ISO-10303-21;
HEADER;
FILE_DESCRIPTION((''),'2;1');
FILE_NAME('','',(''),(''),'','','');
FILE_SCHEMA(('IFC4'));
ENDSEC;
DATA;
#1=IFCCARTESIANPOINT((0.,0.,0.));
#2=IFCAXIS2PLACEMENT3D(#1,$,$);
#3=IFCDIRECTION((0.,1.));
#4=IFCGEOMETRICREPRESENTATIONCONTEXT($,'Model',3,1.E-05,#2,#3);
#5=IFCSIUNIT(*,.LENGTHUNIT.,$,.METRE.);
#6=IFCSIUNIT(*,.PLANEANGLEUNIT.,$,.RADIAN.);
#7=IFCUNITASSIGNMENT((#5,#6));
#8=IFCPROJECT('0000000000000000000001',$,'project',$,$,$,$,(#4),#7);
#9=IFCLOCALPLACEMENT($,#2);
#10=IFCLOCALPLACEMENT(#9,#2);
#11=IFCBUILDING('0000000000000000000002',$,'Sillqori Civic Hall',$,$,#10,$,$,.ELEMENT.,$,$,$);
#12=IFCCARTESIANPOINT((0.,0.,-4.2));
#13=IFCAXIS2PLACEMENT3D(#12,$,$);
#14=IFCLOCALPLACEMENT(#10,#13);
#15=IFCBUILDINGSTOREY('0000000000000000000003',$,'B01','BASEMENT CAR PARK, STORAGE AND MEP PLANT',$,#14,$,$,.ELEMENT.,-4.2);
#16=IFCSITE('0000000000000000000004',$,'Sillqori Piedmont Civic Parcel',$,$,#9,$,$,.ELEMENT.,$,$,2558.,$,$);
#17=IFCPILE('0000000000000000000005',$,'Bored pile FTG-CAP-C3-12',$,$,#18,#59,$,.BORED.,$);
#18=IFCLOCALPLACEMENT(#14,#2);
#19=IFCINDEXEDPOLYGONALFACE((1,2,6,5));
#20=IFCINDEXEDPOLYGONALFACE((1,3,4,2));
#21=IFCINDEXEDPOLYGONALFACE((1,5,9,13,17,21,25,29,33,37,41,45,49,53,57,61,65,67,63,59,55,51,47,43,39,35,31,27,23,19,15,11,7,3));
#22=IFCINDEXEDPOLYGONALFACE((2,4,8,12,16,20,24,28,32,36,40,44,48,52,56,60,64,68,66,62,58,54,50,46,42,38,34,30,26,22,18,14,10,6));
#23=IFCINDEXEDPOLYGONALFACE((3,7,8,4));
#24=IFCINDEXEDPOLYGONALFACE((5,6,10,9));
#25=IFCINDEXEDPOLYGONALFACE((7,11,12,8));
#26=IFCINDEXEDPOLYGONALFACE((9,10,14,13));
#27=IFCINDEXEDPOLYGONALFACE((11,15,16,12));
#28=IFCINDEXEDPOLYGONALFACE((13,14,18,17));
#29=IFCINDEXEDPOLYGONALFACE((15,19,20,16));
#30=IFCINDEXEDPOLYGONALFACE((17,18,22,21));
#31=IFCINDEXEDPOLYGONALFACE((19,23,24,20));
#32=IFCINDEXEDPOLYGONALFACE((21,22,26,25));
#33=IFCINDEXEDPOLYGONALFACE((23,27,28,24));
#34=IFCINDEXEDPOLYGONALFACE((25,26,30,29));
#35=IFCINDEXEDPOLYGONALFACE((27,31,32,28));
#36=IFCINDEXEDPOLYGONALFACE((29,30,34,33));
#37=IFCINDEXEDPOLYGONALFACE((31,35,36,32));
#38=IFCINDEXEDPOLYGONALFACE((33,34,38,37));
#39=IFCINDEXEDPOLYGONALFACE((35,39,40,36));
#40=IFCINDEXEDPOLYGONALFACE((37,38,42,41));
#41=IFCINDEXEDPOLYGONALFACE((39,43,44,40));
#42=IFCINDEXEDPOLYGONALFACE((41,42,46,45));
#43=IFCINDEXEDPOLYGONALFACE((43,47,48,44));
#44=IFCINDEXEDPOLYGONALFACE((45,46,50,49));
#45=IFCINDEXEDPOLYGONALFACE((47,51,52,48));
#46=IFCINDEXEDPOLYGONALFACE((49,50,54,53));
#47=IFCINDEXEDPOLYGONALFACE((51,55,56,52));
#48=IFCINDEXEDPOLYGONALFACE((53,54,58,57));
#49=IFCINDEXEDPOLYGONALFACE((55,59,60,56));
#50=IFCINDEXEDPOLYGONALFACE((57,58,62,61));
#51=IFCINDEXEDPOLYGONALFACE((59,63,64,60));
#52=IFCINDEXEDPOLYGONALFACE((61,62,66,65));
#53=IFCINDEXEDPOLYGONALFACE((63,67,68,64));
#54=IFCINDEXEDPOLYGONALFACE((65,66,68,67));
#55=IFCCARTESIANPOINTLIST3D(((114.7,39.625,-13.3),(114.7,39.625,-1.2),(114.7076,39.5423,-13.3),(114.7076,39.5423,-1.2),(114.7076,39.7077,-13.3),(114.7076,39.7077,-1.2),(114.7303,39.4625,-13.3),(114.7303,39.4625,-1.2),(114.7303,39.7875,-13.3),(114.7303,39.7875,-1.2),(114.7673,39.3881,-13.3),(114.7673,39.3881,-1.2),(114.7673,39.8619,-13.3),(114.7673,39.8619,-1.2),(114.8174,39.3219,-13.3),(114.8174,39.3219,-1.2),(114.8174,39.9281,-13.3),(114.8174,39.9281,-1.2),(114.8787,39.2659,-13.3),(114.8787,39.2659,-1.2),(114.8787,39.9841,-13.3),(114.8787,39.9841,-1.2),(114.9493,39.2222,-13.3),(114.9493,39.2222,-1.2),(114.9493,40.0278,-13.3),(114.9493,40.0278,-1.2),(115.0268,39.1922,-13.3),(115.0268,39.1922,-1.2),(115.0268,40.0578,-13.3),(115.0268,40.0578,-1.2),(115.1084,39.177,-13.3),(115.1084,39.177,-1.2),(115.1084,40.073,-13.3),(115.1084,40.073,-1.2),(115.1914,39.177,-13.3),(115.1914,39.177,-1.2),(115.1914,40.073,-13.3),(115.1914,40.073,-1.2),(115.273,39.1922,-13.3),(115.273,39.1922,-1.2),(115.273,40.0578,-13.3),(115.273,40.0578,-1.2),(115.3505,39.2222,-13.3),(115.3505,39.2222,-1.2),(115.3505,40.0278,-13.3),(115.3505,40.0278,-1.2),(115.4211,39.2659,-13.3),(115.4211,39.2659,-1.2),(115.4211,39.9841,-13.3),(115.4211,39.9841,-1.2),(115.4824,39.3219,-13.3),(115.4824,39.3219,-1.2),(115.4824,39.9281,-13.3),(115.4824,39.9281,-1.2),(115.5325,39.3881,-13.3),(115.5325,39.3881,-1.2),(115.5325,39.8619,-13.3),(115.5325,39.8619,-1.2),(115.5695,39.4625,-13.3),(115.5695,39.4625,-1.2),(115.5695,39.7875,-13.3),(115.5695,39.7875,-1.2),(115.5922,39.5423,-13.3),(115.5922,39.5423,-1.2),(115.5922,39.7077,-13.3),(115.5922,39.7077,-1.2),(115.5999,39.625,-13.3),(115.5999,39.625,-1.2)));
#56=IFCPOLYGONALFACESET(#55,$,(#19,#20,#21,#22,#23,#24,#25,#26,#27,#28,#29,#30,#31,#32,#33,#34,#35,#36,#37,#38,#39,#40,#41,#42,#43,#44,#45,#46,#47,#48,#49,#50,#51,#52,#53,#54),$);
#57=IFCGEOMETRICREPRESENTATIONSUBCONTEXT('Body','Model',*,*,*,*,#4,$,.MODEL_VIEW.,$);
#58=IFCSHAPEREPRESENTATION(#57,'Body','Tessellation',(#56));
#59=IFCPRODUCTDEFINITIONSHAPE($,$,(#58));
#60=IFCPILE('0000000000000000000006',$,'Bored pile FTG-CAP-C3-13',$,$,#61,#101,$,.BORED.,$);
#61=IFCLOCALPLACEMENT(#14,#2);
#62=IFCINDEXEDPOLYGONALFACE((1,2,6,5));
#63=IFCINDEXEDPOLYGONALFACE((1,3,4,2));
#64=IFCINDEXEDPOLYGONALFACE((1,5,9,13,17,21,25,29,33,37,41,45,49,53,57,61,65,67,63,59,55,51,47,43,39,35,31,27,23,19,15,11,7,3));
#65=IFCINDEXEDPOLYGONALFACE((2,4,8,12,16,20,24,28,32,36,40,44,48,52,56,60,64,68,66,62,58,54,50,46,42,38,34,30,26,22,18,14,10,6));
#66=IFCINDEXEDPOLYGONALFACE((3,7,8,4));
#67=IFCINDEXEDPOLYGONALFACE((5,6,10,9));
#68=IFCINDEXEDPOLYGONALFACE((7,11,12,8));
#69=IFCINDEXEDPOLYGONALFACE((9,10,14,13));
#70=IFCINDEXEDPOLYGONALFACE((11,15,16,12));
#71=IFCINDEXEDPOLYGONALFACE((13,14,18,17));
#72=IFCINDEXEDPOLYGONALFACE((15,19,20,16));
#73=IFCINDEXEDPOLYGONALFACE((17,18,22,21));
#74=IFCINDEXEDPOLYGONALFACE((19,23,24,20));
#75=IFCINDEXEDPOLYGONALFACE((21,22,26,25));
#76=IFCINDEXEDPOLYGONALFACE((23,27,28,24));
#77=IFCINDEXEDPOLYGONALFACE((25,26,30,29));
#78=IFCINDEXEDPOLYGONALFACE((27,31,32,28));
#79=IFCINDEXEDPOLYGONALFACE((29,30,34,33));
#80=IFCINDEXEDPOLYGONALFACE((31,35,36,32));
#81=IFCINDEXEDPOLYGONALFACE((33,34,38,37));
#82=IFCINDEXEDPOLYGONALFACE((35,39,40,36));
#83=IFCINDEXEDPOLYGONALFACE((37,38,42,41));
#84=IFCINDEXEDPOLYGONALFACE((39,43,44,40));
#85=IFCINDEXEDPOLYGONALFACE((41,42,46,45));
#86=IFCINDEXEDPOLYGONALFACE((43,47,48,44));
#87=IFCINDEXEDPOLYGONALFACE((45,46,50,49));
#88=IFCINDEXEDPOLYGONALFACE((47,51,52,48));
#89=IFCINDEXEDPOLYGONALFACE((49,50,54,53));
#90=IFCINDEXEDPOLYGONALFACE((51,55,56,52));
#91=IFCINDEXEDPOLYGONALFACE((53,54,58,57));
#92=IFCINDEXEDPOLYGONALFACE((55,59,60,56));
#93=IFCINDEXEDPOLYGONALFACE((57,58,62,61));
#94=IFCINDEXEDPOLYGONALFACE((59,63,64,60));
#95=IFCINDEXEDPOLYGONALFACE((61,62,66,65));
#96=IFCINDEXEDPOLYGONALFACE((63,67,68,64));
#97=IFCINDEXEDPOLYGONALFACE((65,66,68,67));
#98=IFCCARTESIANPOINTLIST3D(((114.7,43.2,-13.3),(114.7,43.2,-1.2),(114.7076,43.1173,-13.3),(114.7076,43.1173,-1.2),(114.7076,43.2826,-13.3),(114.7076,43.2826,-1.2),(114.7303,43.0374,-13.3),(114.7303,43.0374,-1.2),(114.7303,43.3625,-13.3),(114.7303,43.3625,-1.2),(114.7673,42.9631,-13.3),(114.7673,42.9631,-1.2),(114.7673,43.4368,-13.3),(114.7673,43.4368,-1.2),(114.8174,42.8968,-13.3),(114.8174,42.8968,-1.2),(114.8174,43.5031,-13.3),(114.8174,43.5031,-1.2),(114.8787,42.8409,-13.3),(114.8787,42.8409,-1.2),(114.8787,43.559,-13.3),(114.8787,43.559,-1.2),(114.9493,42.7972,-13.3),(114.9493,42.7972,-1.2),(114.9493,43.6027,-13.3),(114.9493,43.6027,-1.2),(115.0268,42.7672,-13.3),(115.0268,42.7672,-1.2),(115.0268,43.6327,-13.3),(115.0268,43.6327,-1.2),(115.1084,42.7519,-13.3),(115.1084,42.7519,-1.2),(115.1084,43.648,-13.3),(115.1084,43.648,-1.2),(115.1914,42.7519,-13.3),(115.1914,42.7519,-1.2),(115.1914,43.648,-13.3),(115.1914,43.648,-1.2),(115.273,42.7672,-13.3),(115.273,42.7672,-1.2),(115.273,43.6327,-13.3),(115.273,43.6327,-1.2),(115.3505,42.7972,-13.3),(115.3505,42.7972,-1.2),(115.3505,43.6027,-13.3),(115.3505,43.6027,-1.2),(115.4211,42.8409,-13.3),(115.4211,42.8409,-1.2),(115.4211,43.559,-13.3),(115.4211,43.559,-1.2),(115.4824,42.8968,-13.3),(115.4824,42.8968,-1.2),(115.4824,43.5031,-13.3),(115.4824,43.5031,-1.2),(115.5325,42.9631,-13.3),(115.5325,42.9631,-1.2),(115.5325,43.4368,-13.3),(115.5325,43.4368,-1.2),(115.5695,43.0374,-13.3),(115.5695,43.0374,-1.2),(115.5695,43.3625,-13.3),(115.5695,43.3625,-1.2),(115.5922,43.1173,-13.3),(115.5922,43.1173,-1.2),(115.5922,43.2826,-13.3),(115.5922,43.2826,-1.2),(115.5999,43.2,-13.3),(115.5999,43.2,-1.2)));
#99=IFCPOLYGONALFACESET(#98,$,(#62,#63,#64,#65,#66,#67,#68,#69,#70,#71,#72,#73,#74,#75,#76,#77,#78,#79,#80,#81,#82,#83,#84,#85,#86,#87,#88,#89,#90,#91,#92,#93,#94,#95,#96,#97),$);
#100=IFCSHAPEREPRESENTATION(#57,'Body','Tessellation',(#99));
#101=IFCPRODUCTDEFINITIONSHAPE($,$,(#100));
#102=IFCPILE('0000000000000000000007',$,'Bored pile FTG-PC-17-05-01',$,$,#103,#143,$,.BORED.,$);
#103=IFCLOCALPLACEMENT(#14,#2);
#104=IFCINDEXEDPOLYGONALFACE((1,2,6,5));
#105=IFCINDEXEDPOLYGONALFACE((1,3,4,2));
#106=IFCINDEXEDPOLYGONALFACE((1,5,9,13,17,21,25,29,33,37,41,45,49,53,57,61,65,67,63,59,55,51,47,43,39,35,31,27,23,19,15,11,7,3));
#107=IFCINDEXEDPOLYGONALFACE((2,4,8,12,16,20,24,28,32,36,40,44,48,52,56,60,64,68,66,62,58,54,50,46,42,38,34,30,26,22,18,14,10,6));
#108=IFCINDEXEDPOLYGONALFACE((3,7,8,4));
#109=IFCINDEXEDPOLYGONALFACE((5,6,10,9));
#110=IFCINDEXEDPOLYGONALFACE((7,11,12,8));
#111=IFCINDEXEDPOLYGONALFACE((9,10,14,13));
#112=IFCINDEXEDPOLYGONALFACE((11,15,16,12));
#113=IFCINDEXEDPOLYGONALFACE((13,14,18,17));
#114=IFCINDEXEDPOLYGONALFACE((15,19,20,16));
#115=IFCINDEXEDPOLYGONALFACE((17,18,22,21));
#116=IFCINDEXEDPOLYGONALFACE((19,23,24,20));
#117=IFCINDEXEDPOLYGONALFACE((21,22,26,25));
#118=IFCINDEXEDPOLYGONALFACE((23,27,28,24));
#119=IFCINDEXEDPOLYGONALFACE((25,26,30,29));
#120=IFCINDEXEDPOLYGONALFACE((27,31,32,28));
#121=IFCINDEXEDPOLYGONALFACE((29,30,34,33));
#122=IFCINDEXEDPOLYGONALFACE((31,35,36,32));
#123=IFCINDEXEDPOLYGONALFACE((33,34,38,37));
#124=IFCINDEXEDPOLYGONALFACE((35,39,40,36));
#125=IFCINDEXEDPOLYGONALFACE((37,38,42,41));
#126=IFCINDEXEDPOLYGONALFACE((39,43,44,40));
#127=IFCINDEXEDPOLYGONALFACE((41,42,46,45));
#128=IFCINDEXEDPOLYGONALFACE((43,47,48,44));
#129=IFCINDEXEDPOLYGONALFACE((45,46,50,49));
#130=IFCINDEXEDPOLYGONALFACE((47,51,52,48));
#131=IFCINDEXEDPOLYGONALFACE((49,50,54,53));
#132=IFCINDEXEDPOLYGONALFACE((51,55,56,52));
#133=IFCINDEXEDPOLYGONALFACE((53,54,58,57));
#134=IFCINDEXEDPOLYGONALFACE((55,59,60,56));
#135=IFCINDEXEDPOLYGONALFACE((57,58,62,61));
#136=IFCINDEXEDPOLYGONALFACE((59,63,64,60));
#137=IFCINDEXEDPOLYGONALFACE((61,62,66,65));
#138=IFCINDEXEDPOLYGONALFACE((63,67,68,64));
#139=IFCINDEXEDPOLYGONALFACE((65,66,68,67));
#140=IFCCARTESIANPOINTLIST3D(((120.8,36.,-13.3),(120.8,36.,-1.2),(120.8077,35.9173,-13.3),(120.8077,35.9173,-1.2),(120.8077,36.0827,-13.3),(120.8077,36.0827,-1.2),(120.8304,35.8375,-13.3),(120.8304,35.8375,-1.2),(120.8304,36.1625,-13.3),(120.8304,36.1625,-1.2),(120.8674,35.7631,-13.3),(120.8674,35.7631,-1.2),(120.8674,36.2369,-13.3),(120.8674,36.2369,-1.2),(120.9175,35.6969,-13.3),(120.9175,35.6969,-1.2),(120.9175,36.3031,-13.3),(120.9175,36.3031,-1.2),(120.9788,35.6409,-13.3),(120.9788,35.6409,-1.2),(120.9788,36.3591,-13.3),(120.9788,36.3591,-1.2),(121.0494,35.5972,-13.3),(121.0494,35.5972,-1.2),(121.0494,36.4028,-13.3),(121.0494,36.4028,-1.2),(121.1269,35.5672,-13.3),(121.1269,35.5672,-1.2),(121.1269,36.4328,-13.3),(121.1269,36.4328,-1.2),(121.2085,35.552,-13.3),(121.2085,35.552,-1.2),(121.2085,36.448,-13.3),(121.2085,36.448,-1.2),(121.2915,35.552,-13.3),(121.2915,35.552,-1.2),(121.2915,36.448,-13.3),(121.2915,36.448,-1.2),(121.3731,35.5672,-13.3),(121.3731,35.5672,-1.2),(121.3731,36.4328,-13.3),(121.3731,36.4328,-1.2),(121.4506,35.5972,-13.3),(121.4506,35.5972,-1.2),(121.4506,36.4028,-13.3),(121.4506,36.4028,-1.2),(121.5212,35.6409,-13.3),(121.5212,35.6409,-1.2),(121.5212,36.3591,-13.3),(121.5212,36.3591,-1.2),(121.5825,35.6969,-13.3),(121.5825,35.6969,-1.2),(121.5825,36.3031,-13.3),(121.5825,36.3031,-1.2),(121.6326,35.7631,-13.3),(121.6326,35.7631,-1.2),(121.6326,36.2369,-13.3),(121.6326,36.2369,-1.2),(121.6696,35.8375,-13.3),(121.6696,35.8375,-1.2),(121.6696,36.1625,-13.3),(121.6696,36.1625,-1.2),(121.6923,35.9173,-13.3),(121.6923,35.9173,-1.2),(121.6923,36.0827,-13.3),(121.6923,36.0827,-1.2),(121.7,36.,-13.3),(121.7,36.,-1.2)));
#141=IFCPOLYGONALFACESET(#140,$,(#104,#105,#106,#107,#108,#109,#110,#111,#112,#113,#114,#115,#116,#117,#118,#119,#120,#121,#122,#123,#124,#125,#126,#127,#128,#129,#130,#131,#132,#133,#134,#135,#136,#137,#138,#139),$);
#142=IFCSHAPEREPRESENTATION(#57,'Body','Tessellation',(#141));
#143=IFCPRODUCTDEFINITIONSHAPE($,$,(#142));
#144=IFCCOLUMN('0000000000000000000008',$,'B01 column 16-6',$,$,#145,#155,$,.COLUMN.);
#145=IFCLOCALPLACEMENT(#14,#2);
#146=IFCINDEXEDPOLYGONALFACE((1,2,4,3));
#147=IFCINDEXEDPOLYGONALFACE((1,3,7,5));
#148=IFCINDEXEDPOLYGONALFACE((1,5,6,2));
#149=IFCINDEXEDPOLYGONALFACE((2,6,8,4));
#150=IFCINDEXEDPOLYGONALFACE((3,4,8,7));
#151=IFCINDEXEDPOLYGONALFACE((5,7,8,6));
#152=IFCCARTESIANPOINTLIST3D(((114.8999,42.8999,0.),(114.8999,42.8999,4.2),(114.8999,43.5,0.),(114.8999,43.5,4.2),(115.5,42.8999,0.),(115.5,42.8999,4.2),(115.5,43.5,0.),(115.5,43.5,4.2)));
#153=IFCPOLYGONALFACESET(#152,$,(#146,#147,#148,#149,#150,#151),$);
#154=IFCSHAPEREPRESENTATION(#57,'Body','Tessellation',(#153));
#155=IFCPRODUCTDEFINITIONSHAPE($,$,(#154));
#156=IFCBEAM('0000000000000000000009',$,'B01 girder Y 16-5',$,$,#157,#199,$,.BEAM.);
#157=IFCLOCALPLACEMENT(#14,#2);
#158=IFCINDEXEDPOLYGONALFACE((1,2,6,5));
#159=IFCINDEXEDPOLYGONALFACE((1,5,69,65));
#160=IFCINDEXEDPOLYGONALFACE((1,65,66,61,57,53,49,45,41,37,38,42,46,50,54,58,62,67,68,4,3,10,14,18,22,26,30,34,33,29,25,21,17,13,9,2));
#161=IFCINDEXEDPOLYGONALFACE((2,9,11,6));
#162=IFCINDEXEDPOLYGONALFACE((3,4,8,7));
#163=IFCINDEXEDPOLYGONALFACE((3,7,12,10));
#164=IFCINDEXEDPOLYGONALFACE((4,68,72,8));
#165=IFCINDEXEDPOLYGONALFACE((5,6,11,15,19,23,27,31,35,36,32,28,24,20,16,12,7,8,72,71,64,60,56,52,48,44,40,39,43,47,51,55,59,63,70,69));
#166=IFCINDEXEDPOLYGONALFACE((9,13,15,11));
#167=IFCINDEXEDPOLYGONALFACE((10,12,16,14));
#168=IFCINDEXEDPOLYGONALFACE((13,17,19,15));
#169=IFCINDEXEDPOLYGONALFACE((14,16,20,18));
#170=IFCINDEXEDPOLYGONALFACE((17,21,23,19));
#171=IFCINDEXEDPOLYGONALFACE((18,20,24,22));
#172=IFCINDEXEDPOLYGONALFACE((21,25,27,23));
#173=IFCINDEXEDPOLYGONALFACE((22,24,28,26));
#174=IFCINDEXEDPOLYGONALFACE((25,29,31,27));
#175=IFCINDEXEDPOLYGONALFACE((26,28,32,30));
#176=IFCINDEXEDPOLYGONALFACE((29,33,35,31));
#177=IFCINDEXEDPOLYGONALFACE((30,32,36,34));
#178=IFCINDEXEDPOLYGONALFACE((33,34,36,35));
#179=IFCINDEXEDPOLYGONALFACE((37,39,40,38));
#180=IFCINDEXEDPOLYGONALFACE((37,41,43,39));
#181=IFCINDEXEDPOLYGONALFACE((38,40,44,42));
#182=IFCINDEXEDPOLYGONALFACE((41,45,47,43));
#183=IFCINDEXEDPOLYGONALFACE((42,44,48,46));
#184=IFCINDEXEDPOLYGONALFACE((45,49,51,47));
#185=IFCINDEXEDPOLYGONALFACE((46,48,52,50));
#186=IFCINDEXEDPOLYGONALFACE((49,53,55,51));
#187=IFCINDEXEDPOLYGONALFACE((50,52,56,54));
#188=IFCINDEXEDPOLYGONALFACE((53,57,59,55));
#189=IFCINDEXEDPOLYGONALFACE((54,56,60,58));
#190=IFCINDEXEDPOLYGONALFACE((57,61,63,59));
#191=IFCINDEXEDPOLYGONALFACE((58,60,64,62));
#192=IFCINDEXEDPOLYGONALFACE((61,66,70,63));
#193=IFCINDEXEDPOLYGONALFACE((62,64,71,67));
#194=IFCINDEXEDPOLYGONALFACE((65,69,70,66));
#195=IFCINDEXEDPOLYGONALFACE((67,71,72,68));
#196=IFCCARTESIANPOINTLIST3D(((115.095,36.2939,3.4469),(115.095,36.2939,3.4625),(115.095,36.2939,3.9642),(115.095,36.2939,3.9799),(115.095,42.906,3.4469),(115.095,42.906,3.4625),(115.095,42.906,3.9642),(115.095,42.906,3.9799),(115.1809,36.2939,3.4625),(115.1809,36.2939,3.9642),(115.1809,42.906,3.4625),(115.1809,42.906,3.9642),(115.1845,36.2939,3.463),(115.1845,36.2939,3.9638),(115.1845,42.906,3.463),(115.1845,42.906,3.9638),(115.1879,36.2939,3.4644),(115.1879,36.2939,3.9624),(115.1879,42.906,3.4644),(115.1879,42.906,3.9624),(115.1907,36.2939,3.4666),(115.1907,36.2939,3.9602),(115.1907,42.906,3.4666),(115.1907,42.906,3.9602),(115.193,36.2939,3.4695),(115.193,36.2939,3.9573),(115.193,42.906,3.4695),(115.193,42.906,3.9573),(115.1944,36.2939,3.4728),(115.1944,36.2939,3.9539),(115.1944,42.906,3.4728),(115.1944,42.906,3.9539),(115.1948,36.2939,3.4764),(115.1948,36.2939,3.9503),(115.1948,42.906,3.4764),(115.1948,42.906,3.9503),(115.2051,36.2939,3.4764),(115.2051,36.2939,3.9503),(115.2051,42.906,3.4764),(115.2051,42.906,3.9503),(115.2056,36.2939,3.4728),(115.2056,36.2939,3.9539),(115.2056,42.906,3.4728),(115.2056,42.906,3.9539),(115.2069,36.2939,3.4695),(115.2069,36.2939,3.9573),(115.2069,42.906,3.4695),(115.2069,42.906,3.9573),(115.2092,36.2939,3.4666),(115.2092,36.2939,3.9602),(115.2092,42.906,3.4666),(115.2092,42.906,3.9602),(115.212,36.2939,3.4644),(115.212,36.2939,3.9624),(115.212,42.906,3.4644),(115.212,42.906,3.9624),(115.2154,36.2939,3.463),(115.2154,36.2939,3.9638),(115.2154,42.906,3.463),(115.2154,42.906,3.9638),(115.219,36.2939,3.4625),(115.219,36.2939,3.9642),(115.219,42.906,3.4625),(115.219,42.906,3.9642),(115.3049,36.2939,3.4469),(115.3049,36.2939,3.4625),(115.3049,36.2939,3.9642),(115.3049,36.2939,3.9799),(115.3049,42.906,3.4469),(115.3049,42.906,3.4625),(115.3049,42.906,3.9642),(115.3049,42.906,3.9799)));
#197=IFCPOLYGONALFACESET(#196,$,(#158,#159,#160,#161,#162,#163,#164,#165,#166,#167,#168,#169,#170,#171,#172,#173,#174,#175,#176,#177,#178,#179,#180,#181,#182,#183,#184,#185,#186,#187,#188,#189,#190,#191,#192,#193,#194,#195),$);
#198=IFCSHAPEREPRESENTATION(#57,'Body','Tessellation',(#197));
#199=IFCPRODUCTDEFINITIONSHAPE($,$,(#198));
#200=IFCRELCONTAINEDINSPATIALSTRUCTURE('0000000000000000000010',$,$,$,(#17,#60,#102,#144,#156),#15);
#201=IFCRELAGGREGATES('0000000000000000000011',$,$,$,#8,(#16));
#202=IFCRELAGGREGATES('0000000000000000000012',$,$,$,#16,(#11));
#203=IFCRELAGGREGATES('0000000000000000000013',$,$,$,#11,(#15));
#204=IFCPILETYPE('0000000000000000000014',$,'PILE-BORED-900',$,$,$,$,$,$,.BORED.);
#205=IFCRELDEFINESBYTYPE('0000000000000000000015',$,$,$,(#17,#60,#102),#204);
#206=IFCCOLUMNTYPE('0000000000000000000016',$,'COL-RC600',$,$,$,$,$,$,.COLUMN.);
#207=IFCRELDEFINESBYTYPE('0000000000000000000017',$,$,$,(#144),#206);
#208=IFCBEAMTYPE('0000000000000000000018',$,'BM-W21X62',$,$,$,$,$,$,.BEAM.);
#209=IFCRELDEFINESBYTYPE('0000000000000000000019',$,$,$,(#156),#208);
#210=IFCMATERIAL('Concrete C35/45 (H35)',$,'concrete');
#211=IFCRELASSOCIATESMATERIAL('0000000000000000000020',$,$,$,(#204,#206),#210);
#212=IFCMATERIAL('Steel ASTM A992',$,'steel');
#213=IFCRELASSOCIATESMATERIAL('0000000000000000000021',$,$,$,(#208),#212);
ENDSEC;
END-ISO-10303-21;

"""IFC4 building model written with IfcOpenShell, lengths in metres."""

from ifc_helpers import new_model, si_unit, direction, frame, origin, origin_2d, place, context, subcontext, project, spatial, rectangle, circle, i_section, extrude, material, material_profile, profile_set, type_object, element, save


model = new_model("IFC4")

# Units and contexts
model_context = context("Model", 3, precision=1e-05, world=origin(), true_north=direction((0.0, 1.0)))
body_context = subcontext(model_context, "Body", "Model", "MODEL_VIEW")
ifc_project = project(units=[si_unit("LENGTHUNIT", "METRE"), si_unit("PLANEANGLEUNIT", "RADIAN")], contexts=[model_context])

# Site, building, storey
site_placement = place(None, origin())
site = spatial("IfcSite", under=ifc_project, at=site_placement, Name="Sillqori Piedmont Civic Parcel", CompositionType="ELEMENT", RefElevation=2558.0)
building_placement = place(site_placement, origin())
building = spatial("IfcBuilding", under=site, at=building_placement, Name="Sillqori Civic Hall", CompositionType="ELEMENT")
storey_placement = place(building_placement, frame((0.0, 0.0, -4.2)))
storey = spatial("IfcBuildingStorey", under=building, at=storey_placement, Name="B01", Description="BASEMENT CAR PARK, STORAGE AND MEP PLANT", CompositionType="ELEMENT", Elevation=-4.2)

# Shared definitions
ifc_material_1 = material(Name="Concrete C35/45 (H35)", Category="concrete")

# Piles
ifc_material_profile_1 = material_profile(ifc_material_1, circle(Radius=0.45, at=origin_2d()), Name="BORED PILE 900")
ifc_profile_set_1 = profile_set([ifc_material_profile_1], Name="Concrete C35/45 (H35)")
pile_type = type_object("IfcPileType", Name="PILE-BORED-900", PredefinedType="BORED", material=ifc_profile_set_1)
for number, where, z_axis, x_axis, name in (
    (1, (115.1499, 39.625, -1.2), (0.0, 0.0, -1.0), (1.0, 0.0, 0.0), "Bored pile FTG-CAP-C3-12"),
    (2, (115.1499, 43.2, -1.2), (0.0, 0.0, -1.0), (1.0, 0.0, 0.0), "Bored pile FTG-CAP-C3-13"),
    (3, (121.25, 36.0, -1.2), (0.0, 0.0, -1.0), (1.0, 0.0, 0.0), "Bored pile FTG-PC-17-05-01"),
):
    element("IfcPile", number, at=place(storey_placement, frame(where, z_axis=z_axis, x_axis=x_axis)), inside=storey, type_object=pile_type, Name=name, PredefinedType="BORED", context=body_context, shape_type="SweptSolid", body=[
        extrude(circle(Radius=0.45, at=origin_2d()), origin(), (0.0, 0.0, 1.0), 12.1001),
    ])

# Column
ifc_material_profile_2 = material_profile(ifc_material_1, rectangle(XDim=0.6001, YDim=0.6001, at=origin_2d()), Name="RC 600x600")
ifc_profile_set_2 = profile_set([ifc_material_profile_2], Name="Concrete C35/45 (H35)")
column_type = type_object("IfcColumnType", Name="COL-RC600", PredefinedType="COLUMN", material=ifc_profile_set_2)
column_placement = place(storey_placement, frame((115.2, 43.2, 0.0), z_axis=(0.0, 0.0, 1.0), x_axis=(1.0, 0.0, 0.0)))
element("IfcColumn", 4, at=column_placement, inside=storey, type_object=column_type, Name="B01 column 16-6", PredefinedType="COLUMN", context=body_context, shape_type="SweptSolid", body=[
    extrude(rectangle(XDim=0.6001, YDim=0.6001, at=origin_2d()), origin(), (0.0, 0.0, 1.0), 4.2),
])

# Beam
ifc_material_2 = material(Name="Steel ASTM A992", Category="steel")
ifc_material_profile_3 = material_profile(ifc_material_2, i_section(OverallWidth=0.21, OverallDepth=0.533, WebThickness=0.0103, FlangeThickness=0.0156, FilletRadius=0.0139, at=origin_2d()), Name="W21X62")
ifc_profile_set_3 = profile_set([ifc_material_profile_3], Name="Steel ASTM A992")
beam_type_1 = type_object("IfcBeamType", Name="BM-W21X62", PredefinedType="BEAM", material=ifc_profile_set_3)
beam_1_placement = place(storey_placement, frame((115.2, 36.2939, 3.7134), z_axis=(0.0, 1.0, 0.0), x_axis=(-1.0, 0.0, 0.0)))
element("IfcBeam", 5, at=beam_1_placement, inside=storey, type_object=beam_type_1, Name="B01 girder Y 16-5", PredefinedType="BEAM", context=body_context, shape_type="SweptSolid", body=[
    extrude(i_section(OverallWidth=0.21, OverallDepth=0.533, WebThickness=0.0103, FlangeThickness=0.0156, FilletRadius=0.0139, at=origin_2d()), origin(), (0.0, 0.0, 1.0), 6.6121),
])

save(model, "model.ifc")
